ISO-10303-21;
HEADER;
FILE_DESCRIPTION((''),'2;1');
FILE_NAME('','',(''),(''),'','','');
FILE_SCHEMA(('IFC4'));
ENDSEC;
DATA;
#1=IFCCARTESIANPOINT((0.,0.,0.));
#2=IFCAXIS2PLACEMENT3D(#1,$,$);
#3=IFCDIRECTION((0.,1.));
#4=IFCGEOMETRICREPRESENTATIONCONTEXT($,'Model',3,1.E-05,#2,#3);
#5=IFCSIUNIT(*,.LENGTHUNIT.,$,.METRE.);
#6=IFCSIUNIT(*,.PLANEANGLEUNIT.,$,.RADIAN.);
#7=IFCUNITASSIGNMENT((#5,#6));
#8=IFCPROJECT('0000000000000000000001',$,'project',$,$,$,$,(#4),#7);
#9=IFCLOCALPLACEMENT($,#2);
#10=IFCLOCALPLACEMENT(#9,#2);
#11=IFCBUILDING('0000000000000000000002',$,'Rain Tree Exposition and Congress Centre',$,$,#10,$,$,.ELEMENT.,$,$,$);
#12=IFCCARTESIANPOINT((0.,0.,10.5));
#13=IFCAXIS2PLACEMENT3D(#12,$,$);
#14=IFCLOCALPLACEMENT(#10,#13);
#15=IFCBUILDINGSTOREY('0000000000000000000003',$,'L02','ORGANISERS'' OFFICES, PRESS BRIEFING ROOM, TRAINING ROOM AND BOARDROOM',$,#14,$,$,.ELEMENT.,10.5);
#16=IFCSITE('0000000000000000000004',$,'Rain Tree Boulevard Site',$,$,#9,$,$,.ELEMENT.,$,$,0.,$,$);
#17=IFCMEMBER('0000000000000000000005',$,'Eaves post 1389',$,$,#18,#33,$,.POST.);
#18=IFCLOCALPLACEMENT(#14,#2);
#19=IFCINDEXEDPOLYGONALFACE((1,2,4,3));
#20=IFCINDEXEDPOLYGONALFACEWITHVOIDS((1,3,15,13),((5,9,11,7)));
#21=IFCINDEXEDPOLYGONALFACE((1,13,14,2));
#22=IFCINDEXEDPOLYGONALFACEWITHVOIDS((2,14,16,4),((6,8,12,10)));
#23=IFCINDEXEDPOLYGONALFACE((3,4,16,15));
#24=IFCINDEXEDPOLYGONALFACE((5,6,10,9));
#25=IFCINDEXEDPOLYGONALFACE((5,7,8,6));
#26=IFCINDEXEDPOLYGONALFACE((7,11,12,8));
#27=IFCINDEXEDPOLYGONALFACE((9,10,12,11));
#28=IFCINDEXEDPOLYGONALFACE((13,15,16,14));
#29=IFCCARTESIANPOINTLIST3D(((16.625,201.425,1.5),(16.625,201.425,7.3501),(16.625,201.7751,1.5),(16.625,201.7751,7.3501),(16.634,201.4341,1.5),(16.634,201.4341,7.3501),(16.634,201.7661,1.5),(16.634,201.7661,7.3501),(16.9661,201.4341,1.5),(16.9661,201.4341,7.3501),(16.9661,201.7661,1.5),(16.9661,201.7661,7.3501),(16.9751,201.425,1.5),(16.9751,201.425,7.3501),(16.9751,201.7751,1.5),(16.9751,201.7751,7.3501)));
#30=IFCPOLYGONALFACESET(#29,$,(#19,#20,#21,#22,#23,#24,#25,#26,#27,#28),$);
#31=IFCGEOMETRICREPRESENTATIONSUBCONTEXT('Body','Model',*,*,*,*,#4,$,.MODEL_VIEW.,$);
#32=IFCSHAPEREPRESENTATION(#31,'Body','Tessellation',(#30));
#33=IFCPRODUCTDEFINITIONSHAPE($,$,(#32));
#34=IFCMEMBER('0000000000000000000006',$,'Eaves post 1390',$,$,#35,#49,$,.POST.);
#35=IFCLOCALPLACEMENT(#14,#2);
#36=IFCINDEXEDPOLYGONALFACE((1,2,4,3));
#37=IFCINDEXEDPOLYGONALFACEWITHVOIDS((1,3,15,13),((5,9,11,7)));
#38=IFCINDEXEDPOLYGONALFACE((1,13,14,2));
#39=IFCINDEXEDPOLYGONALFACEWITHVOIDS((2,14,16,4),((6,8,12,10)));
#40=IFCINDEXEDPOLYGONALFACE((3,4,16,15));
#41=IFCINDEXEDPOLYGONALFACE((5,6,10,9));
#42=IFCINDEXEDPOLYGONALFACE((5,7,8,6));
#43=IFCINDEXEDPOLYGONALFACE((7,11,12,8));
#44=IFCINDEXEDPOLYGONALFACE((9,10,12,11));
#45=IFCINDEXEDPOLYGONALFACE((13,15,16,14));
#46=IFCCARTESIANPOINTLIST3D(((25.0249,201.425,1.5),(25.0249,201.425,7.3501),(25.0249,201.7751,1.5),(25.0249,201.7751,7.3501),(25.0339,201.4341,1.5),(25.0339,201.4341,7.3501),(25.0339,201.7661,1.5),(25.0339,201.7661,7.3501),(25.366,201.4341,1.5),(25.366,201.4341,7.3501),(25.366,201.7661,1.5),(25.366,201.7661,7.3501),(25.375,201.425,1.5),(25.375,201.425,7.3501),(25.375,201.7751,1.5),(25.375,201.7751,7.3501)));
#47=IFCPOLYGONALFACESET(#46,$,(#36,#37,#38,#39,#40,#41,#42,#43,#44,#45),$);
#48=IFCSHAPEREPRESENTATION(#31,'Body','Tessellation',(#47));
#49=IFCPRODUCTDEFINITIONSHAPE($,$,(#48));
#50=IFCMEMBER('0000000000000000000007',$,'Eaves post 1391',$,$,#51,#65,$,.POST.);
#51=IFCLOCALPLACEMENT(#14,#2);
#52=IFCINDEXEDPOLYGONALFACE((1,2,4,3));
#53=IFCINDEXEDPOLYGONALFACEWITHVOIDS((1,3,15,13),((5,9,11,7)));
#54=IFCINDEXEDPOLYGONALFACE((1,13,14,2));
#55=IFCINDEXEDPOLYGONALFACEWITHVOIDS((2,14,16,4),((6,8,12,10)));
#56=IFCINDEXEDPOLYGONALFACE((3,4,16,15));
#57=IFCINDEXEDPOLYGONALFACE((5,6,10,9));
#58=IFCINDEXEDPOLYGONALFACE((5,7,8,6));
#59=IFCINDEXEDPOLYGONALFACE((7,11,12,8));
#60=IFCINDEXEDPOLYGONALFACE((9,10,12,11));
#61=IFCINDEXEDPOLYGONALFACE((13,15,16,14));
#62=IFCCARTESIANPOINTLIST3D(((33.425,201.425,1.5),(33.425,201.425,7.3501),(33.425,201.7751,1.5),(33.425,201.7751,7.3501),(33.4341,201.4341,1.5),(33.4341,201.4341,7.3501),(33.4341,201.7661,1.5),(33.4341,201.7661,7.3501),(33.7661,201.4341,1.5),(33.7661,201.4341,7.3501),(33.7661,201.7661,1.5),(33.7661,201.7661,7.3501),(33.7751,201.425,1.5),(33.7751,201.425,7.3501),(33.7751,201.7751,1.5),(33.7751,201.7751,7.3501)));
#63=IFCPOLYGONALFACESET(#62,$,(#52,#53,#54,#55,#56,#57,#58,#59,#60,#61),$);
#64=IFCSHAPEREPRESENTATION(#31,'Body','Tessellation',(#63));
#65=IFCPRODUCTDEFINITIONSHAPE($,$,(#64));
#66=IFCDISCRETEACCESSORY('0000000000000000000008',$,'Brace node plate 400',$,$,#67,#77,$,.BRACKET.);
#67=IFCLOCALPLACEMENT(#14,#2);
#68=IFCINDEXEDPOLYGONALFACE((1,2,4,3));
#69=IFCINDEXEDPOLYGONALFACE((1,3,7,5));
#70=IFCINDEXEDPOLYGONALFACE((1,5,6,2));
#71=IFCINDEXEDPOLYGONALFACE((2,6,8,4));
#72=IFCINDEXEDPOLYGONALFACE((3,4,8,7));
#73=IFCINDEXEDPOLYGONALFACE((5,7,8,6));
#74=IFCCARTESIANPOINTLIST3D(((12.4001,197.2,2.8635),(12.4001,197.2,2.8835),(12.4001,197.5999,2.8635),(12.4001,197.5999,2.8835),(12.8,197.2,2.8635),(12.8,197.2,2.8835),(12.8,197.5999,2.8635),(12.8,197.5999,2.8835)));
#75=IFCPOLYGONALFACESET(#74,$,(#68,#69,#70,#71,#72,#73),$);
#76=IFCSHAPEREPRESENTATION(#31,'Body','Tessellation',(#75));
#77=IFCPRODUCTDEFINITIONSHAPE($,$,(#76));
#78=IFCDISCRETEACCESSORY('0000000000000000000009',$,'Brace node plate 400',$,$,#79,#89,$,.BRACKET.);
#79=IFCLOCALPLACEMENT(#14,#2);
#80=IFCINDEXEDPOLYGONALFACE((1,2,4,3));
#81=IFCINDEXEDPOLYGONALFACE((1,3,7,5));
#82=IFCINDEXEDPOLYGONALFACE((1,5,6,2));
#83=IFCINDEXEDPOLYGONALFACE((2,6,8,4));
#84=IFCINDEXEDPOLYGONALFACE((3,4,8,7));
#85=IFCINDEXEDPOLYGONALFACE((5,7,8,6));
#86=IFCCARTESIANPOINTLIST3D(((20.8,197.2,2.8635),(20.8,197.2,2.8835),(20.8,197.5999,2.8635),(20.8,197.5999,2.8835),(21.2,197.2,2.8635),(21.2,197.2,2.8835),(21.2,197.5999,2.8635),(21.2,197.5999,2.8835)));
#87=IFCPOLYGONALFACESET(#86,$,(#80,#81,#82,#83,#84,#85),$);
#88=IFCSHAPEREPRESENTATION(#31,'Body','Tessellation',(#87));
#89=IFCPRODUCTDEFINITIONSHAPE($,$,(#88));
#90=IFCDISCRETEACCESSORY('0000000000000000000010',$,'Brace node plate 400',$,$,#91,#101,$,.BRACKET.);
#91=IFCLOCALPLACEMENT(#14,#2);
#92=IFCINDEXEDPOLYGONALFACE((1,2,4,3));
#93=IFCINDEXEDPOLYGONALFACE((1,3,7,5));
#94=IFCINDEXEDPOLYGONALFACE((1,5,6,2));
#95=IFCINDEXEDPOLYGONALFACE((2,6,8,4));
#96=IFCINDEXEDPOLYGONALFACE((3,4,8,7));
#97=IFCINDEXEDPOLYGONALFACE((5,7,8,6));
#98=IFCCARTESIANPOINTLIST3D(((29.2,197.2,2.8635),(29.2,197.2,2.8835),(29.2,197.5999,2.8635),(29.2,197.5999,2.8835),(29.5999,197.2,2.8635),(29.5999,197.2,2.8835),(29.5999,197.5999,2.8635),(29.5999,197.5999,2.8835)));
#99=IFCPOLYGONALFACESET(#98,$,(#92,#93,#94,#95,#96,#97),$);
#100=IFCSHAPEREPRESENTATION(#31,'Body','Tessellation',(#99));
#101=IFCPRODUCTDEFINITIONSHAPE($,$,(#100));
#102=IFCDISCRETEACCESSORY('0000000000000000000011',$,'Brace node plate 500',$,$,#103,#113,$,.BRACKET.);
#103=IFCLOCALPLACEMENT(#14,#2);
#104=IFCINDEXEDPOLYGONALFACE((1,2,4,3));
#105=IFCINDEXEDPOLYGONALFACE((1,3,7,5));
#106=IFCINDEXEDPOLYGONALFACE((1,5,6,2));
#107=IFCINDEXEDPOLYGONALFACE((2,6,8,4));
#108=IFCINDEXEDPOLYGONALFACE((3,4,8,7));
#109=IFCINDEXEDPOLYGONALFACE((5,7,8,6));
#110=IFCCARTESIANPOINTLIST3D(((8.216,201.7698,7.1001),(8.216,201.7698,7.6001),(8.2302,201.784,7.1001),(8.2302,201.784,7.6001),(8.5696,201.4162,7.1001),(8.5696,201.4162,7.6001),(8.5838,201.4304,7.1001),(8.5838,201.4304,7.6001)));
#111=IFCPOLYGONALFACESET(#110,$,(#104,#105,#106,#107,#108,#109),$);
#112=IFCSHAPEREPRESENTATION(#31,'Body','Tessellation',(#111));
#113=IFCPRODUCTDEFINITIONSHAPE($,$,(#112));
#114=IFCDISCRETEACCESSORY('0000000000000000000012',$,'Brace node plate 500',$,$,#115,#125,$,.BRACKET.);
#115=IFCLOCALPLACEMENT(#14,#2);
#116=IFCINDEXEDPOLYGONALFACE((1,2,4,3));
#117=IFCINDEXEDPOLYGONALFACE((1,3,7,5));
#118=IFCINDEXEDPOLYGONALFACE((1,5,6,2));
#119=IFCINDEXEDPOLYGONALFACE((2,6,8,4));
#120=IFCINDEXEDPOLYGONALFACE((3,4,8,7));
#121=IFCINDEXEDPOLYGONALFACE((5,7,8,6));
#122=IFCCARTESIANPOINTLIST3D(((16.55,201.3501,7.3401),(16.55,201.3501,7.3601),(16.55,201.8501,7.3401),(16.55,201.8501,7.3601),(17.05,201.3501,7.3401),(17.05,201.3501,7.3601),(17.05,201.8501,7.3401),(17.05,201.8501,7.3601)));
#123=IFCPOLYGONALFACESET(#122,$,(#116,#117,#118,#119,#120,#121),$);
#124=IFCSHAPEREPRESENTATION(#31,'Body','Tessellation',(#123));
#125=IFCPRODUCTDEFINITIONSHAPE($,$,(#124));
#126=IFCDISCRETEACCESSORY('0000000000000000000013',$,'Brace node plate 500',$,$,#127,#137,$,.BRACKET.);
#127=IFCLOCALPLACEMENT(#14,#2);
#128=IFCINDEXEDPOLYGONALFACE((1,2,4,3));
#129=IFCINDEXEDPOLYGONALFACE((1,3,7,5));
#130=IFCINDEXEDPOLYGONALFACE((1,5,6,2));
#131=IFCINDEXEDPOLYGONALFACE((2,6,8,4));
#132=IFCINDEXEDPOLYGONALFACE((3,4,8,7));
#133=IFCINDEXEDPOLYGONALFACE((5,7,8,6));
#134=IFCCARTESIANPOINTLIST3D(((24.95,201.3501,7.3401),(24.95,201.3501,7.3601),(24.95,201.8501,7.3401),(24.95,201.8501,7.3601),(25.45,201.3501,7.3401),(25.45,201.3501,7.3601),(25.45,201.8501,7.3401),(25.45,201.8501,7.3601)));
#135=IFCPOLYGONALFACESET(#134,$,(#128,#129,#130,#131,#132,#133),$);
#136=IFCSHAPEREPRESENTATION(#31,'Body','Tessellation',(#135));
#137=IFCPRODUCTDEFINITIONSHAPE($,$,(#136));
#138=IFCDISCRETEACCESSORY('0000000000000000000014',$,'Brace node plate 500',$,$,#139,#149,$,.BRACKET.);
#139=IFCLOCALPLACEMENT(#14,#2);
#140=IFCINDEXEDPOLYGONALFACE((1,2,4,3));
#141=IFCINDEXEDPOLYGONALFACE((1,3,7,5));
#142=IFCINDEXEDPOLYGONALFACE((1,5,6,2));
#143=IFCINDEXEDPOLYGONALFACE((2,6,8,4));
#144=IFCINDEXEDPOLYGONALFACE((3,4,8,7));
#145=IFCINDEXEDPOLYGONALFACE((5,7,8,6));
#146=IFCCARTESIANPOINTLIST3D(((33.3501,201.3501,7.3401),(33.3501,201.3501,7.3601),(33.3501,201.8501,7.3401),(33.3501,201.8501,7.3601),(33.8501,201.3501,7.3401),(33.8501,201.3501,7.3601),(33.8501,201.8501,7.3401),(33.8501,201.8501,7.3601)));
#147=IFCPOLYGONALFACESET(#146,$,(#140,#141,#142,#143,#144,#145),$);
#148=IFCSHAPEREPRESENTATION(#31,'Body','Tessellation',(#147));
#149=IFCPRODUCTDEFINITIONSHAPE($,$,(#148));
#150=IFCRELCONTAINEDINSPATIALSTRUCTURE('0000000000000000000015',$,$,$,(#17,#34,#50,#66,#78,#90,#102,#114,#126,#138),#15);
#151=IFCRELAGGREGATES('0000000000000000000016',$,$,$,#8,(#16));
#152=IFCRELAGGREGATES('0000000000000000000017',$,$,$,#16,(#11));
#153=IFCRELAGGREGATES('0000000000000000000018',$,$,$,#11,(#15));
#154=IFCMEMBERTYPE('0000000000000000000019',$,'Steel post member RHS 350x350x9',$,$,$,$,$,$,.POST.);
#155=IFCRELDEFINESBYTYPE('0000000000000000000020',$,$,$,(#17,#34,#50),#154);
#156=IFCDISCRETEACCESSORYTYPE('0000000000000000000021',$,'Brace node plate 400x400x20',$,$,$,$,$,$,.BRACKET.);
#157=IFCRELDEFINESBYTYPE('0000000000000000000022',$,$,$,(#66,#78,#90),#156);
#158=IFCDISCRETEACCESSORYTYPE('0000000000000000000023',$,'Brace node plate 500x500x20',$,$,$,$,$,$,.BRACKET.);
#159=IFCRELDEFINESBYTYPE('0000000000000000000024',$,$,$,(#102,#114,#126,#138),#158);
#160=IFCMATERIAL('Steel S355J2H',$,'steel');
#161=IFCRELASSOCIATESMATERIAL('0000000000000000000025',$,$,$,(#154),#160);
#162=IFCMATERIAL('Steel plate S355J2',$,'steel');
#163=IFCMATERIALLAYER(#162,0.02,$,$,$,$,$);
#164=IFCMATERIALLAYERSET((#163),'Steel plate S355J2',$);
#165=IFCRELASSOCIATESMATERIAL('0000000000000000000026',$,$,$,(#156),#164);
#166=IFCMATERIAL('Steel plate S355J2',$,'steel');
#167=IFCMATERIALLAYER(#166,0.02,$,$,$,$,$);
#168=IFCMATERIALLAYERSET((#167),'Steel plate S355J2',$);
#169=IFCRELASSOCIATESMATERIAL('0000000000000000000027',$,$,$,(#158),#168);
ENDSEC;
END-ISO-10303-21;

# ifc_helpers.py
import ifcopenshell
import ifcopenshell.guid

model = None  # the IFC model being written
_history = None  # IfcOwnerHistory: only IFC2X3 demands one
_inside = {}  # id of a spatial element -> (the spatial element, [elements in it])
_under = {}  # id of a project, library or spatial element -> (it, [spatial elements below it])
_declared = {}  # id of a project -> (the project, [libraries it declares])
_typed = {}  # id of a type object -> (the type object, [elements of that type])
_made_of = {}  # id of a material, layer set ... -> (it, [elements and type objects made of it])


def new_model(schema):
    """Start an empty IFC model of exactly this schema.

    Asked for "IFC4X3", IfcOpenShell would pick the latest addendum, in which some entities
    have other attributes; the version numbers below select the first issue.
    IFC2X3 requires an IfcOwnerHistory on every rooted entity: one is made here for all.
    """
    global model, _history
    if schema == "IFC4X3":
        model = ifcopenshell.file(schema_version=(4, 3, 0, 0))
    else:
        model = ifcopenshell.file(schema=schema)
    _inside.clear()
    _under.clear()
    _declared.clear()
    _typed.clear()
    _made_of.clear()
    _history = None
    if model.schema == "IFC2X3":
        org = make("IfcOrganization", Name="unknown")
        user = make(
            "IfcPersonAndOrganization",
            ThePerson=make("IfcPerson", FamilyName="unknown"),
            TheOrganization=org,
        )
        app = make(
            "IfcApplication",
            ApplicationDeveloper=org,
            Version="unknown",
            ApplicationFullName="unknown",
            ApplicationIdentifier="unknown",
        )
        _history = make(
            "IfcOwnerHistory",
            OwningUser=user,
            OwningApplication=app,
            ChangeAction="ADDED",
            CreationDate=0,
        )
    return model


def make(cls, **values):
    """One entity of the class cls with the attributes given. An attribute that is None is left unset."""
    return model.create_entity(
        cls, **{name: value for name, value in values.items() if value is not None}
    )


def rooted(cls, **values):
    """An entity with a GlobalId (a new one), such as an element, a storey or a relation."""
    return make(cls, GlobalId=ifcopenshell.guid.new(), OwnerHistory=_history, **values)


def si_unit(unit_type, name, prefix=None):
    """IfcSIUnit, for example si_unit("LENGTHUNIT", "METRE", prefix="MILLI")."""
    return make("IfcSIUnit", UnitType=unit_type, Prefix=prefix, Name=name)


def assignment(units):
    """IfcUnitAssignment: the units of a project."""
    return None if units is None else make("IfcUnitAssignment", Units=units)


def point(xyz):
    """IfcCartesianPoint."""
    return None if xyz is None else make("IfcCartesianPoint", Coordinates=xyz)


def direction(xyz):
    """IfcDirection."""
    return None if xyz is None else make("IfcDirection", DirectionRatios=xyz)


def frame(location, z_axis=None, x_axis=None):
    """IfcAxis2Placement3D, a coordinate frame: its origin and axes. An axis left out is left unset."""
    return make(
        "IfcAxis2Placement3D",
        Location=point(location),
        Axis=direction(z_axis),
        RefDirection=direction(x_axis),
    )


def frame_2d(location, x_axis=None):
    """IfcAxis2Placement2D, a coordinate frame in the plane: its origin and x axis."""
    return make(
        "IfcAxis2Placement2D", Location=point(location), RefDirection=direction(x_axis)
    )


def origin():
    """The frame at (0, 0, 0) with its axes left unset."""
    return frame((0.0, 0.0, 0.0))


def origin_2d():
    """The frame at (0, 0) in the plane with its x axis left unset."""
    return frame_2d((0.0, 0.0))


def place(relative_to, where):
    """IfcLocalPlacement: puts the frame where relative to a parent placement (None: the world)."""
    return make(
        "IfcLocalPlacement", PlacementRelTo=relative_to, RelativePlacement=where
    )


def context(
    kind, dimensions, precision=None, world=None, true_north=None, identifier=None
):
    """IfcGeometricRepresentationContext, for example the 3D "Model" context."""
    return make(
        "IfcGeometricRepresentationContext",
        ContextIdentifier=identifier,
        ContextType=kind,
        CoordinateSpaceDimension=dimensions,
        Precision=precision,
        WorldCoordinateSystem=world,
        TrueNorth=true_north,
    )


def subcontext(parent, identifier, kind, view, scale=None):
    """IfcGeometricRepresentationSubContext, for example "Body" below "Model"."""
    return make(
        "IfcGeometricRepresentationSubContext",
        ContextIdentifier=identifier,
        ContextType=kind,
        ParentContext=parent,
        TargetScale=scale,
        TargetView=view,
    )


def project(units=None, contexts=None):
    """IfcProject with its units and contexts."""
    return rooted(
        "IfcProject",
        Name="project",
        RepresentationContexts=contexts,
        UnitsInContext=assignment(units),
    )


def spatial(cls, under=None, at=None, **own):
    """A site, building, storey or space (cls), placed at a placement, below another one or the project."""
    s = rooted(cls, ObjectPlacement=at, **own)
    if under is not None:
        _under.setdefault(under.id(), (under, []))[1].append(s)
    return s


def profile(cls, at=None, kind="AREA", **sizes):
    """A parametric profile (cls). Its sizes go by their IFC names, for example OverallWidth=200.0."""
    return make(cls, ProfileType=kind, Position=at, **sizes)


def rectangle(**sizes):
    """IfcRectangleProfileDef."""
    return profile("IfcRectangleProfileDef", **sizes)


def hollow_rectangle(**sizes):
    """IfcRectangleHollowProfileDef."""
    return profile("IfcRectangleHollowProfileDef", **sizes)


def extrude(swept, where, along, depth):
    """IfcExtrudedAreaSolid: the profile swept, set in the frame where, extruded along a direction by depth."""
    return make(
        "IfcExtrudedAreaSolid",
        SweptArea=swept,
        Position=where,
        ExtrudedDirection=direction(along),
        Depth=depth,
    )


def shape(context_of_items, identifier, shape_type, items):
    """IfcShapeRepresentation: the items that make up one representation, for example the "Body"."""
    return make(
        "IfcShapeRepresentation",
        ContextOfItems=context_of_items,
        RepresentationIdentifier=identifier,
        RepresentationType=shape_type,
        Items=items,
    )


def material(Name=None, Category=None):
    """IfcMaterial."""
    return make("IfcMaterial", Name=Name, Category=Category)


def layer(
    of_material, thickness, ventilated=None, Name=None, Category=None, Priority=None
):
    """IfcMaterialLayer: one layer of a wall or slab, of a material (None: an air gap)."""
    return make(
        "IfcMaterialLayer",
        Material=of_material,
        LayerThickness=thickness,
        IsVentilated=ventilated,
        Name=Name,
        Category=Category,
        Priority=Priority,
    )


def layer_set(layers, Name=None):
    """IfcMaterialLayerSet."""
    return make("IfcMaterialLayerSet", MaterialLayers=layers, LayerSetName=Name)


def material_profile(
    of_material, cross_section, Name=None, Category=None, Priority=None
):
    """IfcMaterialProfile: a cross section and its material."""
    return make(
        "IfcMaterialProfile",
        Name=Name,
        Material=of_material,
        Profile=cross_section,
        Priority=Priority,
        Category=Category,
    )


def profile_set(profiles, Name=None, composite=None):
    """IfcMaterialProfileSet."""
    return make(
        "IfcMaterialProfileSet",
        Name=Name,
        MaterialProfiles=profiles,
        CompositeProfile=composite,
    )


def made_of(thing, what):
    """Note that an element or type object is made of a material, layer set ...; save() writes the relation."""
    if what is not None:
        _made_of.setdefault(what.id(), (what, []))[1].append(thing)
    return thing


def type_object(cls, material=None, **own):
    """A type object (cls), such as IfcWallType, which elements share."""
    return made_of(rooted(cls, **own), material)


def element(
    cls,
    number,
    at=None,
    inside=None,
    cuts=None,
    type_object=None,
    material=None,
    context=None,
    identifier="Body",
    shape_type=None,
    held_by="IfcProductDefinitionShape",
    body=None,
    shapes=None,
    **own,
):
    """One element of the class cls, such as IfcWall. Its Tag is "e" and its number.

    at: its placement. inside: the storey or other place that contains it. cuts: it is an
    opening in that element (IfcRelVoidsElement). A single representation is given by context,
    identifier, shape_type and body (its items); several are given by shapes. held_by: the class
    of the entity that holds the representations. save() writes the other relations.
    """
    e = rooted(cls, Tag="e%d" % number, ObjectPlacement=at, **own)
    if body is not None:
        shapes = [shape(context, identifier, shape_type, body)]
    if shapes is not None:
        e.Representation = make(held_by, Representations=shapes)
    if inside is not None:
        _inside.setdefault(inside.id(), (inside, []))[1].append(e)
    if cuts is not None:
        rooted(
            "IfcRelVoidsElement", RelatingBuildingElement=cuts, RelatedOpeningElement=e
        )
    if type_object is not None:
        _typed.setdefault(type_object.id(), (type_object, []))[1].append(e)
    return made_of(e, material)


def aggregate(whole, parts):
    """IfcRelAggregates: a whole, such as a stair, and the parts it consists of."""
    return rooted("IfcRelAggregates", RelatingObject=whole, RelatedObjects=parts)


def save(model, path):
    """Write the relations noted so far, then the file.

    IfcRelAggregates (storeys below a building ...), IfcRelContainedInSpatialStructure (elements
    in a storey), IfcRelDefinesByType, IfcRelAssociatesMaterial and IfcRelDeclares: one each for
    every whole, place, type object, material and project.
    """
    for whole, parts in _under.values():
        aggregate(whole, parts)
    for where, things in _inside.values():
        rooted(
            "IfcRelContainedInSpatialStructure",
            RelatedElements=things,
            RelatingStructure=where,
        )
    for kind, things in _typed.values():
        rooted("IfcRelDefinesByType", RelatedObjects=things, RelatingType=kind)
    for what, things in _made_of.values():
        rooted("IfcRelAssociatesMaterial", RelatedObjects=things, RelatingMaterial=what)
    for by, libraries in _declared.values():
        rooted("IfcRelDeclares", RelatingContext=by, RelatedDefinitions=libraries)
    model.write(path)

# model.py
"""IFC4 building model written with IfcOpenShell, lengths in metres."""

from ifc_helpers import new_model, si_unit, direction, frame, origin, origin_2d, place, context, subcontext, project, spatial, rectangle, hollow_rectangle, extrude, material, layer, layer_set, material_profile, profile_set, type_object, element, save


model = new_model("IFC4")

# Units and contexts
model_context = context("Model", 3, precision=1e-05, world=origin(), true_north=direction((0.0, 1.0)))
body_context = subcontext(model_context, "Body", "Model", "MODEL_VIEW")
ifc_project = project(units=[si_unit("LENGTHUNIT", "METRE"), si_unit("PLANEANGLEUNIT", "RADIAN")], contexts=[model_context])

# Site, building, storey
site_placement = place(None, origin())
site = spatial("IfcSite", under=ifc_project, at=site_placement, Name="Rain Tree Boulevard Site", CompositionType="ELEMENT", RefElevation=0.0)
building_placement = place(site_placement, origin())
building = spatial("IfcBuilding", under=site, at=building_placement, Name="Rain Tree Exposition and Congress Centre", CompositionType="ELEMENT")
storey_placement = place(building_placement, frame((0.0, 0.0, 10.5)))
storey = spatial("IfcBuildingStorey", under=building, at=storey_placement, Name="L02", Description="ORGANISERS' OFFICES, PRESS BRIEFING ROOM, TRAINING ROOM AND BOARDROOM", CompositionType="ELEMENT", Elevation=10.5)

# Members
ifc_material_1 = material(Name="Steel S355J2H", Category="steel")
ifc_material_profile_1 = material_profile(ifc_material_1, hollow_rectangle(XDim=0.3501, YDim=0.3501, WallThickness=0.009, at=origin_2d()), Name="RHS 350x350x9")
ifc_profile_set_1 = profile_set([ifc_material_profile_1], Name="Steel S355J2H")
member_type_1 = type_object("IfcMemberType", Name="Steel post member RHS 350x350x9", PredefinedType="POST", material=ifc_profile_set_1)
for number, where, z_axis, x_axis, name in (
    (1, (16.8, 201.6001, 1.5), (0.0, 0.0, 1.0), (1.0, 0.0, 0.0), "Eaves post 1389"),
    (2, (25.2, 201.6001, 1.5), (0.0, 0.0, 1.0), (1.0, 0.0, 0.0), "Eaves post 1390"),
    (3, (33.6001, 201.6001, 1.5), (0.0, 0.0, 1.0), (1.0, 0.0, 0.0), "Eaves post 1391"),
):
    element("IfcMember", number, at=place(storey_placement, frame(where, z_axis=z_axis, x_axis=x_axis)), inside=storey, type_object=member_type_1, Name=name, PredefinedType="POST", context=body_context, shape_type="SweptSolid", body=[
        extrude(hollow_rectangle(XDim=0.3501, YDim=0.3501, WallThickness=0.009, at=origin_2d()), origin(), (0.0, 0.0, 1.0), 5.8501),
    ])

# Discrete accessories
ifc_material_2 = material(Name="Steel plate S355J2", Category="steel")
ifc_layer_1 = layer(ifc_material_2, 0.02)
ifc_layer_set_1 = layer_set([ifc_layer_1], Name="Steel plate S355J2")
discrete_accessory_type_1 = type_object("IfcDiscreteAccessoryType", Name="Brace node plate 400x400x20", PredefinedType="BRACKET", material=ifc_layer_set_1)
for number, where, z_axis, x_axis, name in (
    (4, (12.6001, 197.3999, 2.8635), (0.0, 0.0, 1.0), (1.0, 0.0, 0.0), "Brace node plate 400"),
    (5, (21.0, 197.3999, 2.8635), (0.0, 0.0, 1.0), (1.0, 0.0, 0.0), "Brace node plate 400"),
    (6, (29.3999, 197.3999, 2.8635), (0.0, 0.0, 1.0), (1.0, 0.0, 0.0), "Brace node plate 400"),
):
    element("IfcDiscreteAccessory", number, at=place(storey_placement, frame(where, z_axis=z_axis, x_axis=x_axis)), inside=storey, type_object=discrete_accessory_type_1, Name=name, PredefinedType="BRACKET", context=body_context, shape_type="SweptSolid", body=[
        extrude(rectangle(XDim=0.3999, YDim=0.3999, at=origin_2d()), origin(), (0.0, 0.0, 1.0), 0.02),
    ])
ifc_material_3 = material(Name="Steel plate S355J2", Category="steel")
ifc_layer_2 = layer(ifc_material_3, 0.02)
ifc_layer_set_2 = layer_set([ifc_layer_2], Name="Steel plate S355J2")
discrete_accessory_type_2 = type_object("IfcDiscreteAccessoryType", Name="Brace node plate 500x500x20", PredefinedType="BRACKET", material=ifc_layer_set_2)
discrete_accessory_placement = place(storey_placement, frame((8.3999, 201.6001, 7.1001), z_axis=(0.0, 0.0, 1.0), x_axis=(0.707107, -0.707107, 0.0)))
element("IfcDiscreteAccessory", 7, at=discrete_accessory_placement, inside=storey, type_object=discrete_accessory_type_2, Name="Brace node plate 500", PredefinedType="BRACKET", context=body_context, shape_type="SweptSolid", body=[
    extrude(rectangle(XDim=0.5, YDim=0.02, at=origin_2d()), origin(), (0.0, 0.0, 1.0), 0.5),
])
for number, where, z_axis, x_axis, name in (
    (8, (16.8, 201.6001, 7.3401), (0.0, 0.0, 1.0), (1.0, 0.0, 0.0), "Brace node plate 500"),
    (9, (25.2, 201.6001, 7.3401), (0.0, 0.0, 1.0), (1.0, 0.0, 0.0), "Brace node plate 500"),
    (10, (33.6001, 201.6001, 7.3401), (0.0, 0.0, 1.0), (1.0, 0.0, 0.0), "Brace node plate 500"),
):
    element("IfcDiscreteAccessory", number, at=place(storey_placement, frame(where, z_axis=z_axis, x_axis=x_axis)), inside=storey, type_object=discrete_accessory_type_2, Name=name, PredefinedType="BRACKET", context=body_context, shape_type="SweptSolid", body=[
        extrude(rectangle(XDim=0.5, YDim=0.5, at=origin_2d()), origin(), (0.0, 0.0, 1.0), 0.02),
    ])

save(model, "model.ifc")
